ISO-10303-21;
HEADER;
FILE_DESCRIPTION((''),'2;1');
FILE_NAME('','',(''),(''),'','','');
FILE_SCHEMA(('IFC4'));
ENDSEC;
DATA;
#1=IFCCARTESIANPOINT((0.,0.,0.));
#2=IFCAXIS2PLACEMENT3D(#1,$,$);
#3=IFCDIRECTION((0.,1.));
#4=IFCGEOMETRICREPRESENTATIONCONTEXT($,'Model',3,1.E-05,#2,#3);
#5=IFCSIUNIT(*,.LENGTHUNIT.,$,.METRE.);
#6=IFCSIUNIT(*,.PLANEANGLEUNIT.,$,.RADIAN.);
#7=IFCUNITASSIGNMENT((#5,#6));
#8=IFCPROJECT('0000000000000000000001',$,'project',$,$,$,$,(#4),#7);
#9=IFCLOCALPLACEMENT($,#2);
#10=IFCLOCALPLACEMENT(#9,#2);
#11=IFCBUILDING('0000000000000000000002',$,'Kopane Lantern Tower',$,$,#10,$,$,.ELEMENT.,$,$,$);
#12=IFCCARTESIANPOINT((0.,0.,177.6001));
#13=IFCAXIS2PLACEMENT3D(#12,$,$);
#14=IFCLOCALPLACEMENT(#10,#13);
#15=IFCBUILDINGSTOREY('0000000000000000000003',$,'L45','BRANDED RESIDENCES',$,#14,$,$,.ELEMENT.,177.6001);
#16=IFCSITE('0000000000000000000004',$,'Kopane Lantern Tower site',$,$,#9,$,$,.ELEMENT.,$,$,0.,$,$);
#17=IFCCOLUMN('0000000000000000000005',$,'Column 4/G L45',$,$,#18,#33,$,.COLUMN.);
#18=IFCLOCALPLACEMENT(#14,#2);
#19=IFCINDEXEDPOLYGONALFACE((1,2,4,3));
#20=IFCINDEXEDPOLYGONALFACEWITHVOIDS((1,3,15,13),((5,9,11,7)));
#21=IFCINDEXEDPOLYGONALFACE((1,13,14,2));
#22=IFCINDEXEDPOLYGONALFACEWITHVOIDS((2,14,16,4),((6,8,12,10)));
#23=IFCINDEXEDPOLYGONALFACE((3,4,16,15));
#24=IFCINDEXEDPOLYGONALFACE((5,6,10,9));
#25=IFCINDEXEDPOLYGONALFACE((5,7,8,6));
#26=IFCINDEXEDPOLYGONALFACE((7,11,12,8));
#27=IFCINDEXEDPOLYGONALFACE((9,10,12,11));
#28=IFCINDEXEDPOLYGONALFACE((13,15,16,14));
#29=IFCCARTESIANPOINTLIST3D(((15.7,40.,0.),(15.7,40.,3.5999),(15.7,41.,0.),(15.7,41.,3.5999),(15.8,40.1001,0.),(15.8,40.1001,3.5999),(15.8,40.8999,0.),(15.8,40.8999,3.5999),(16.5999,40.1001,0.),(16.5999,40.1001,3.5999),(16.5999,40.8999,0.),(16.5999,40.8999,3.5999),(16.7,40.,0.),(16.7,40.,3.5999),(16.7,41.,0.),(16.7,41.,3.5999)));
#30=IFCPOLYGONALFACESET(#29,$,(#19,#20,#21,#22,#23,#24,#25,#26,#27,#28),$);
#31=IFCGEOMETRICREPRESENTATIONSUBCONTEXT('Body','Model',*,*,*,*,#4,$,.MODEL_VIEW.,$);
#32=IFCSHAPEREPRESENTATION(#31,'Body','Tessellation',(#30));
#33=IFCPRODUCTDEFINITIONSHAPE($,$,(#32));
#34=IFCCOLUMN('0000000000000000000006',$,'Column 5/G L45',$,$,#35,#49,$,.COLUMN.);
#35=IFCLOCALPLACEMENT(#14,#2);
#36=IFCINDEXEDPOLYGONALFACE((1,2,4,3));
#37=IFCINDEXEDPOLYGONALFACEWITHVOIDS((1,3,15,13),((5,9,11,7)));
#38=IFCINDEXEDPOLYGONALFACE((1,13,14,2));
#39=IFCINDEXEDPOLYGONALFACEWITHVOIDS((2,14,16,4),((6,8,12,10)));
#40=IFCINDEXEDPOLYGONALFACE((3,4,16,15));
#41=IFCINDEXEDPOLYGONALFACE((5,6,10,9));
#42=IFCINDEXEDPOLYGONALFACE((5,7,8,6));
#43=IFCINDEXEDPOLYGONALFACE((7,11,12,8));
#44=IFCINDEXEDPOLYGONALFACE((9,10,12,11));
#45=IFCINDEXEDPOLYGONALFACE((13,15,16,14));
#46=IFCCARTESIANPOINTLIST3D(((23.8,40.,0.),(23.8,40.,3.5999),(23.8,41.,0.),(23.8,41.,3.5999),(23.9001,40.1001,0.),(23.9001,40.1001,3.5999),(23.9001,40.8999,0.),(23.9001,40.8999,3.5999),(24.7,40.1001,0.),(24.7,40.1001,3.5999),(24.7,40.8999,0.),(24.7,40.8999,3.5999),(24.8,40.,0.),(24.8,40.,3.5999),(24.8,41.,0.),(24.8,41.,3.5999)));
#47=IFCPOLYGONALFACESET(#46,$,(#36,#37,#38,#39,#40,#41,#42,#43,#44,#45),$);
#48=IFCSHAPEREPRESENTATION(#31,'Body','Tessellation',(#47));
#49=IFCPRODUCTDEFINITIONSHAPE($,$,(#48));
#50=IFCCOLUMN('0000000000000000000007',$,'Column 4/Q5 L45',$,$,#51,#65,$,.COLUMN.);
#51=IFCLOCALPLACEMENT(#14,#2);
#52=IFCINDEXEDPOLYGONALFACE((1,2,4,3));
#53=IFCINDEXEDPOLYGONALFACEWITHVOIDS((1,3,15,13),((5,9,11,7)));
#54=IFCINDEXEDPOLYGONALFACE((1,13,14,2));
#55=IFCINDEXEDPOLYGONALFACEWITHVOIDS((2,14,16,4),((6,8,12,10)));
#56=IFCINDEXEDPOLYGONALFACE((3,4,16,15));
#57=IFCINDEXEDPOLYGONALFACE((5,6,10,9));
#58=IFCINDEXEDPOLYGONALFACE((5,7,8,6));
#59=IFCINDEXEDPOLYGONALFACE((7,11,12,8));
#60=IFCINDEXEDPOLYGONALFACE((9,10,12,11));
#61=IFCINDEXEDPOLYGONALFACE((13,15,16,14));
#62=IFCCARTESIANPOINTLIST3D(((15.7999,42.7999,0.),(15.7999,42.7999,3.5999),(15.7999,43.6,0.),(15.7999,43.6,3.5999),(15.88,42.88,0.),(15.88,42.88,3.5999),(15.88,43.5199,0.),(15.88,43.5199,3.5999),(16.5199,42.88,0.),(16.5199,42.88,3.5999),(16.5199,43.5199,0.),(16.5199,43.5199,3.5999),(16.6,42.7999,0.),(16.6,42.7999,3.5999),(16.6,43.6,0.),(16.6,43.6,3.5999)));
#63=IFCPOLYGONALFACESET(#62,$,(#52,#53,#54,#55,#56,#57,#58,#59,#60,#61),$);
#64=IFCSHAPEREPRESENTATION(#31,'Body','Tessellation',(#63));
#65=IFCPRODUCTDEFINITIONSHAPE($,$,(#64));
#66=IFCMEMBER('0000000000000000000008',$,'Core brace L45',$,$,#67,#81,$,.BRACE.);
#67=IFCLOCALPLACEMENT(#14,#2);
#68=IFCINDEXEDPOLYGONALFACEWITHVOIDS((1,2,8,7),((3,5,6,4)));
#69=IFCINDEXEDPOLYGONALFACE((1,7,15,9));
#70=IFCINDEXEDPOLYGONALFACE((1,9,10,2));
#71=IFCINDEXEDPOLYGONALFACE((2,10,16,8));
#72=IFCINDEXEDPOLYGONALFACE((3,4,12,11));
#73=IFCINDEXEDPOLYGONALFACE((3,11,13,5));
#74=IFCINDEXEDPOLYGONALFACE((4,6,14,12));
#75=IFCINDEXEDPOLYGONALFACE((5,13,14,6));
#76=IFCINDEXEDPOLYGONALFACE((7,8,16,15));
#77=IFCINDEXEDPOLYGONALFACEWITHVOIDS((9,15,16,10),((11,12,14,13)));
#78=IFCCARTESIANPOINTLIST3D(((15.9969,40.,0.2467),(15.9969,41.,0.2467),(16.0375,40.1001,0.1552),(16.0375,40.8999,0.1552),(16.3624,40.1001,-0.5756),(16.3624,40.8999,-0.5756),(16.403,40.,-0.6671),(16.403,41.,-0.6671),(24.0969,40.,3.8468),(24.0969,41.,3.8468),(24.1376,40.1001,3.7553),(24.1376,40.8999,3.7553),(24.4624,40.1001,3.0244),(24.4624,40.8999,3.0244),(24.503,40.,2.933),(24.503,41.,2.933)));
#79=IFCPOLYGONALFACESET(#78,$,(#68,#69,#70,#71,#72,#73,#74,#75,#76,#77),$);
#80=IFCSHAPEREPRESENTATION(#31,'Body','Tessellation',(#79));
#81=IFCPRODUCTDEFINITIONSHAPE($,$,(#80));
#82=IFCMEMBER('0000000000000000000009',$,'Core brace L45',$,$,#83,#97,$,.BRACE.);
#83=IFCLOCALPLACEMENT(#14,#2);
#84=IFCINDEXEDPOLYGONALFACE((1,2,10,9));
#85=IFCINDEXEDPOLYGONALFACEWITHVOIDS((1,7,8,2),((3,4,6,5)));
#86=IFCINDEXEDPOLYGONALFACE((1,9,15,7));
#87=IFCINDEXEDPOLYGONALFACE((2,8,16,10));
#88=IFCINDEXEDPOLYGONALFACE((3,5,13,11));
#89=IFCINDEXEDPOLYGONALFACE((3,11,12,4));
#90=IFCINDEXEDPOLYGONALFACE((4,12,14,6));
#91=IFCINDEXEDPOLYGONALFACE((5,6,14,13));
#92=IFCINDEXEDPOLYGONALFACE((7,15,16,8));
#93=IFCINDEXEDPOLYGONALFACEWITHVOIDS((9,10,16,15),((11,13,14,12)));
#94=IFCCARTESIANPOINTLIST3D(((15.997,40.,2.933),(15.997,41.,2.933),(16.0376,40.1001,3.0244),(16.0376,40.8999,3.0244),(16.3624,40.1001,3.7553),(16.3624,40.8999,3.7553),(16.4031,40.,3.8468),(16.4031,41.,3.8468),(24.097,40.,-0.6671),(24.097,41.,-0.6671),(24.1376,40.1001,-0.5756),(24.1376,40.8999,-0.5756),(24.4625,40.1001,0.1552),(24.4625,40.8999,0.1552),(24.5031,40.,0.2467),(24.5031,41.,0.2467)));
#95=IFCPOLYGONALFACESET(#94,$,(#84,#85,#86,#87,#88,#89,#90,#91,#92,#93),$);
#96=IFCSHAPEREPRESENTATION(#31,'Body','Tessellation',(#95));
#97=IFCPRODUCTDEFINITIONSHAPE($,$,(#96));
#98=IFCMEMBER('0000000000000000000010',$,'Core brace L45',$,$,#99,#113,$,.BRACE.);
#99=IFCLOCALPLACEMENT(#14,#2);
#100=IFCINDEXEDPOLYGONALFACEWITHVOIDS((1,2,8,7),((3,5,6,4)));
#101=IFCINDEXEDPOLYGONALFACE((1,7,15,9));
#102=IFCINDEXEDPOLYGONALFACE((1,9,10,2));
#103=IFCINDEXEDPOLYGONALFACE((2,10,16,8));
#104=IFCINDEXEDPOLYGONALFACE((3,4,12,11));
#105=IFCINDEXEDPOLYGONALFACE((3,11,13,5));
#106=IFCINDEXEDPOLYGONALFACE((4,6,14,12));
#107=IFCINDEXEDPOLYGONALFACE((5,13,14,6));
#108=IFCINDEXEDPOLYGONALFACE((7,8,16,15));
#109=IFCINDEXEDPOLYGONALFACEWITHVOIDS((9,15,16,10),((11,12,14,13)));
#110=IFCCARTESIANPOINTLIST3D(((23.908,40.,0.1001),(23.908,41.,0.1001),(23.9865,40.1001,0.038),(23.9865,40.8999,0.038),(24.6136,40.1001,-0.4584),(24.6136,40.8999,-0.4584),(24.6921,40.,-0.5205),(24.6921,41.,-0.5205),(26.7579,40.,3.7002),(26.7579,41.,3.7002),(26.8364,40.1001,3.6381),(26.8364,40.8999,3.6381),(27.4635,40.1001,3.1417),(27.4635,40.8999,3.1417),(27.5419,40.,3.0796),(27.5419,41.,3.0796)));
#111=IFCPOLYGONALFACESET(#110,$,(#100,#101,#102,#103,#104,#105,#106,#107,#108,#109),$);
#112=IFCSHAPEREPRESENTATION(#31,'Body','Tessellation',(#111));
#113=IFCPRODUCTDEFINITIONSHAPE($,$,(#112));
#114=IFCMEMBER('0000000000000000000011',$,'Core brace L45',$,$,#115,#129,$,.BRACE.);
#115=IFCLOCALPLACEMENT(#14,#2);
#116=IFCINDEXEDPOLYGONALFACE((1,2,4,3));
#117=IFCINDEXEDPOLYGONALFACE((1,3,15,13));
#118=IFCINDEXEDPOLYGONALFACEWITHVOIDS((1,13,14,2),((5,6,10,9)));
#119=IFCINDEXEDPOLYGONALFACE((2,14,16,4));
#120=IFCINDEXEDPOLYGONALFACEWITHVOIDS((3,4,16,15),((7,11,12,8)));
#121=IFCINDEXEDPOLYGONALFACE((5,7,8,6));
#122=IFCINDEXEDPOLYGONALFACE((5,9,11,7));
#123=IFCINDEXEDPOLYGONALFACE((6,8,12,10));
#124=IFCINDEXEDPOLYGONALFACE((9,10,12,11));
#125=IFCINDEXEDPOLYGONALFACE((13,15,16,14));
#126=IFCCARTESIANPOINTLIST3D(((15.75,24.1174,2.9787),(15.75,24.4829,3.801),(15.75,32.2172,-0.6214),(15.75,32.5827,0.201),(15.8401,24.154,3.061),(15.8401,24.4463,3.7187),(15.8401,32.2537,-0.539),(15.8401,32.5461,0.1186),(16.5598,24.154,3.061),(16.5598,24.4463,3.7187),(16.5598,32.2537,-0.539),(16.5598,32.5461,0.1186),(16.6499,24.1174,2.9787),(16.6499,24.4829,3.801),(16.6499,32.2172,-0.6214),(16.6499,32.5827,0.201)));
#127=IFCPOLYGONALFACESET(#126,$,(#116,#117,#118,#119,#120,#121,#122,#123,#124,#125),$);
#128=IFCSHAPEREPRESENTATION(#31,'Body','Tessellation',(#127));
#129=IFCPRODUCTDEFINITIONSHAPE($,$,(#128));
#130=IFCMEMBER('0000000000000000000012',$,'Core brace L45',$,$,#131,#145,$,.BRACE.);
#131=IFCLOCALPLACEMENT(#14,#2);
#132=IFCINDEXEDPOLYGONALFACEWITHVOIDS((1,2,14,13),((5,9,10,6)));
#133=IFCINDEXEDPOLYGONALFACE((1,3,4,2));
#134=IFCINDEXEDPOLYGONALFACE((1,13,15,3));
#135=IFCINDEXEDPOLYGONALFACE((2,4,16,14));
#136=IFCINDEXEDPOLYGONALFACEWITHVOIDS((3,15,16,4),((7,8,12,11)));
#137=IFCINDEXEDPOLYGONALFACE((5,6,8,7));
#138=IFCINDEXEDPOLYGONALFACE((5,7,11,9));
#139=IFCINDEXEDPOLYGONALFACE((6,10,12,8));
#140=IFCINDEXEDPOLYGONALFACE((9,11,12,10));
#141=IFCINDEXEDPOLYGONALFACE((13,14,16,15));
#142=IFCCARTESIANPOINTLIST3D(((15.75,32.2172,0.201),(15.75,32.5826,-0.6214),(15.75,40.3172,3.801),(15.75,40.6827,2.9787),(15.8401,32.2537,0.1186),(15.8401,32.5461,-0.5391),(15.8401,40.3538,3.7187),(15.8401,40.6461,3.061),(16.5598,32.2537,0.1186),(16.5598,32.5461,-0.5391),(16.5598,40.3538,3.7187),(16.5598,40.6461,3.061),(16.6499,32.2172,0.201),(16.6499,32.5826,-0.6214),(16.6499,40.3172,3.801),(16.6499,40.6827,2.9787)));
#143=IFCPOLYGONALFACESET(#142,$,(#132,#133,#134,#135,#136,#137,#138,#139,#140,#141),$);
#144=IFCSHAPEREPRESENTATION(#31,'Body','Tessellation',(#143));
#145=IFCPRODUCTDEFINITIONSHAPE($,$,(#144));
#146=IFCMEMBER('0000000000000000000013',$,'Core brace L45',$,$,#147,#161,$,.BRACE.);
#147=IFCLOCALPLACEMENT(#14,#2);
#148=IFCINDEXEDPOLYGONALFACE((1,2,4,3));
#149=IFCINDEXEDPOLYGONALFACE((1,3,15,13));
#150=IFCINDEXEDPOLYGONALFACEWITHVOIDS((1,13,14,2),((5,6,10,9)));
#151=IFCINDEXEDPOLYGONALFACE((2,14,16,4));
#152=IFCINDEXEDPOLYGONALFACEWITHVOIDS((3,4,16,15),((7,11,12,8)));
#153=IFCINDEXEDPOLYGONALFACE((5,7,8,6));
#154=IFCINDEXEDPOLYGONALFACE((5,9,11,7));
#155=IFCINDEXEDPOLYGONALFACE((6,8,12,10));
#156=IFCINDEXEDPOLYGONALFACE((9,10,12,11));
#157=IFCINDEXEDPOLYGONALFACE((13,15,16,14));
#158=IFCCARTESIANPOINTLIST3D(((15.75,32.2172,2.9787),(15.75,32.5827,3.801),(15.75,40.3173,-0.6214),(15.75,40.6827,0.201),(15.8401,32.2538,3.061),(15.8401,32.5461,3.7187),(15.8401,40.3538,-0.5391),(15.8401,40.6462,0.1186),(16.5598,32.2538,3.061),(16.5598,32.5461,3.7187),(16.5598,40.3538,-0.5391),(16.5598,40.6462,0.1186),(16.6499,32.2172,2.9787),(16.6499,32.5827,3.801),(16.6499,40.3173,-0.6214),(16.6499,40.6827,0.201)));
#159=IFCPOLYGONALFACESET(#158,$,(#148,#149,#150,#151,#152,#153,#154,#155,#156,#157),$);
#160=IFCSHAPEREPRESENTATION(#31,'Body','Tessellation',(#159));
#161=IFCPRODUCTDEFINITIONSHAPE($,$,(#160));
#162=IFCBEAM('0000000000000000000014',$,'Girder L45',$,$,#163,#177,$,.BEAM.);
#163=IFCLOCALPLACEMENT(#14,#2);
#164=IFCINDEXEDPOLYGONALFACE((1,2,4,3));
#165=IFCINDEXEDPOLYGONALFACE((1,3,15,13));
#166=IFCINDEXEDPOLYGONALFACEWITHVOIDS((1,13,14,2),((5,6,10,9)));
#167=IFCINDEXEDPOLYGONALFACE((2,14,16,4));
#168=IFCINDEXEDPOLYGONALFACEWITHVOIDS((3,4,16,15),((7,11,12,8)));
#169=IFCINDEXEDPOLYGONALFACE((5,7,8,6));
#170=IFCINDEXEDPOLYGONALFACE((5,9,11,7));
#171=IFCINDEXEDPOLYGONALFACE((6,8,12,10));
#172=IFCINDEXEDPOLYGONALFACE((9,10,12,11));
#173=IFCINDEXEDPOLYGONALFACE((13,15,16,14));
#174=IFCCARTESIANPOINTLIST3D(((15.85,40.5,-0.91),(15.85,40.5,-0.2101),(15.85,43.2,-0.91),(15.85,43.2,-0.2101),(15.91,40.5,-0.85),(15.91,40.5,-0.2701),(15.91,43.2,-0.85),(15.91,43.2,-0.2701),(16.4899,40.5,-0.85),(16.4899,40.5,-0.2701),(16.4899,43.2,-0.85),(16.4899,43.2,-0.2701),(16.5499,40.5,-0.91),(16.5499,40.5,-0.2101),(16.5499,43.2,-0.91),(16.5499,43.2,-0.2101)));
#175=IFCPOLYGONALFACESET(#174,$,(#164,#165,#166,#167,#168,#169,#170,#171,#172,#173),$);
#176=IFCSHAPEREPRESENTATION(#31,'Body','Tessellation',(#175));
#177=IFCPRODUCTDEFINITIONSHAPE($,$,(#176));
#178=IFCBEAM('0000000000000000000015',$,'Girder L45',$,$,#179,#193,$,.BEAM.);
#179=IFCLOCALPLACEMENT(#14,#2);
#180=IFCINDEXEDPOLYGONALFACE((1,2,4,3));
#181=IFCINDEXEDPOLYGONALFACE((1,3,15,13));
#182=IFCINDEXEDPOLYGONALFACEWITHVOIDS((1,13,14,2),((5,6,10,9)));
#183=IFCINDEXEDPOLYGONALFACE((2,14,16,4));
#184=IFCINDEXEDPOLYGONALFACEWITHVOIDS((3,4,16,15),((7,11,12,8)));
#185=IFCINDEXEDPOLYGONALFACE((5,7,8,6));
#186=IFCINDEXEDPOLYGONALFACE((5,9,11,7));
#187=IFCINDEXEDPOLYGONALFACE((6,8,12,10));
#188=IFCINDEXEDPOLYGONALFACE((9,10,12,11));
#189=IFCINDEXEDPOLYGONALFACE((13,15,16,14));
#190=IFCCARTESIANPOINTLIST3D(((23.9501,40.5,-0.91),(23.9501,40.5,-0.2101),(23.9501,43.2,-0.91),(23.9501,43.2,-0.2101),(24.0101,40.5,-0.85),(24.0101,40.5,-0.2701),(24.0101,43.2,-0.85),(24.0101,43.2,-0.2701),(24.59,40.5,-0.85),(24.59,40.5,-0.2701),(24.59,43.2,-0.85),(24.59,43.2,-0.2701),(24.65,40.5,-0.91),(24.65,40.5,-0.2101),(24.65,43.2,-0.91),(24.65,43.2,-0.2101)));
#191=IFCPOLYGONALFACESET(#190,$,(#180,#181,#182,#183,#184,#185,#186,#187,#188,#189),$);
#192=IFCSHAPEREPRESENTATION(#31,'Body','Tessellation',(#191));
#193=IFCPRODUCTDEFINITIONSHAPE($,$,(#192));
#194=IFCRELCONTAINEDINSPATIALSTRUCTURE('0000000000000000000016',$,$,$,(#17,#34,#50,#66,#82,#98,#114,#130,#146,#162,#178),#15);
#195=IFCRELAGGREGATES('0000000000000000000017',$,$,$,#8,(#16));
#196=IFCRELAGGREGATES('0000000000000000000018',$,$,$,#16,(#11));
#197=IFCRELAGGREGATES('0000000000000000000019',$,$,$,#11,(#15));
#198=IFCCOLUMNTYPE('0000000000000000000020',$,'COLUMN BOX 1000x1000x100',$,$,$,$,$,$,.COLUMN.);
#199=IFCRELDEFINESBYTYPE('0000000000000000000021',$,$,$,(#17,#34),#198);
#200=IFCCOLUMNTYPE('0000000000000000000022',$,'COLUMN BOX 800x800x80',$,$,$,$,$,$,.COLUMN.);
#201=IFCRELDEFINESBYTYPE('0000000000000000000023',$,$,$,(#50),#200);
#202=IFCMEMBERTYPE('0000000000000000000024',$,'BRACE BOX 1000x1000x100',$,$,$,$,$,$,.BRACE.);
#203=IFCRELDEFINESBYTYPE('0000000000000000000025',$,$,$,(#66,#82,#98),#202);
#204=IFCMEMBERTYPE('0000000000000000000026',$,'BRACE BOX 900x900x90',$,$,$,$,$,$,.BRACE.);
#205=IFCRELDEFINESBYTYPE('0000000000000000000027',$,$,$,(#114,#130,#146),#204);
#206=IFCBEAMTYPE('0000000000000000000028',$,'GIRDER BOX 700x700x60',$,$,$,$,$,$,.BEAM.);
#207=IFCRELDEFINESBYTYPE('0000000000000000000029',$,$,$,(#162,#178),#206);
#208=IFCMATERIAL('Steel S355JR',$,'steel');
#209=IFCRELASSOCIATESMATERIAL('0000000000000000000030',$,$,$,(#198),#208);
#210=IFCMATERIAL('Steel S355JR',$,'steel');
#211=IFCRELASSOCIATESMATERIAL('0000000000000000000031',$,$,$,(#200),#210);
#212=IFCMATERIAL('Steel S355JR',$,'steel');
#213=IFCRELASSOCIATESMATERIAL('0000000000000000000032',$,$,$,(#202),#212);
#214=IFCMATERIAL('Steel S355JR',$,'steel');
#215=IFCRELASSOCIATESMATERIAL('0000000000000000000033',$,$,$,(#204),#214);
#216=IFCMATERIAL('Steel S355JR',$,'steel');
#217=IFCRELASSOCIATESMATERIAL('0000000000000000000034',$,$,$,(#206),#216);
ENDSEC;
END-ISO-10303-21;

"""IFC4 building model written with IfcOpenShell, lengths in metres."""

from ifc_helpers import new_model, si_unit, direction, frame, origin, origin_2d, place, context, subcontext, project, spatial, hollow_rectangle, extrude, material, material_profile, profile_set, type_object, element, save


model = new_model("IFC4")

# Units and contexts
model_context = context("Model", 3, precision=1e-05, world=origin(), true_north=direction((0.0, 1.0)))
body_context = subcontext(model_context, "Body", "Model", "MODEL_VIEW")
ifc_project = project(units=[si_unit("LENGTHUNIT", "METRE"), si_unit("PLANEANGLEUNIT", "RADIAN")], contexts=[model_context])

# Site, building, storey
site_placement = place(None, origin())
site = spatial("IfcSite", under=ifc_project, at=site_placement, Name="Kopane Lantern Tower site", CompositionType="ELEMENT", RefElevation=0.0)
building_placement = place(site_placement, origin())
building = spatial("IfcBuilding", under=site, at=building_placement, Name="Kopane Lantern Tower", CompositionType="ELEMENT")
storey_placement = place(building_placement, frame((0.0, 0.0, 177.6001)))
storey = spatial("IfcBuildingStorey", under=building, at=storey_placement, Name="L45", Description="BRANDED RESIDENCES", CompositionType="ELEMENT", Elevation=177.6001)

# Columns
ifc_material_1 = material(Name="Steel S355JR", Category="steel")
ifc_material_profile_1 = material_profile(ifc_material_1, hollow_rectangle(XDim=1.0, YDim=1.0, WallThickness=0.1001, at=origin_2d()), Name="BOX 1000x1000x100")
ifc_profile_set_1 = profile_set([ifc_material_profile_1], Name="Steel S355JR")
column_type_1 = type_object("IfcColumnType", Name="COLUMN BOX 1000x1000x100", PredefinedType="COLUMN", material=ifc_profile_set_1)
for number, where, z_axis, x_axis, name in (
    (1, (16.2, 40.5, 0.0), (0.0, 0.0, 1.0), (1.0, 0.0, 0.0), "Column 4/G L45"),
    (2, (24.3, 40.5, 0.0), (0.0, 0.0, 1.0), (1.0, 0.0, 0.0), "Column 5/G L45"),
):
    element("IfcColumn", number, at=place(storey_placement, frame(where, z_axis=z_axis, x_axis=x_axis)), inside=storey, type_object=column_type_1, Name=name, PredefinedType="COLUMN", context=body_context, shape_type="SweptSolid", body=[
        extrude(hollow_rectangle(XDim=1.0, YDim=1.0, WallThickness=0.1001, at=origin_2d()), origin(), (0.0, 0.0, 1.0), 3.5999),
    ])
ifc_material_2 = material(Name="Steel S355JR", Category="steel")
ifc_material_profile_2 = material_profile(ifc_material_2, hollow_rectangle(XDim=0.8, YDim=0.8, WallThickness=0.0801, at=origin_2d()), Name="BOX 800x800x80")
ifc_profile_set_2 = profile_set([ifc_material_profile_2], Name="Steel S355JR")
column_type_2 = type_object("IfcColumnType", Name="COLUMN BOX 800x800x80", PredefinedType="COLUMN", material=ifc_profile_set_2)
column_placement = place(storey_placement, frame((16.2, 43.2, 0.0), z_axis=(0.0, 0.0, 1.0), x_axis=(1.0, 0.0, 0.0)))
element("IfcColumn", 3, at=column_placement, inside=storey, type_object=column_type_2, Name="Column 4/Q5 L45", PredefinedType="COLUMN", context=body_context, shape_type="SweptSolid", body=[
    extrude(hollow_rectangle(XDim=0.8, YDim=0.8, WallThickness=0.0801, at=origin_2d()), origin(), (0.0, 0.0, 1.0), 3.5999),
])

# Members
ifc_material_3 = material(Name="Steel S355JR", Category="steel")
ifc_material_profile_3 = material_profile(ifc_material_3, hollow_rectangle(XDim=1.0, YDim=1.0, WallThickness=0.1001, at=origin_2d()), Name="BOX 1000x1000x100")
ifc_profile_set_3 = profile_set([ifc_material_profile_3], Name="Steel S355JR")
member_type_1 = type_object("IfcMemberType", Name="BRACE BOX 1000x1000x100", PredefinedType="BRACE", material=ifc_profile_set_3)
for number, where, z_axis, x_axis, name in (
    (4, (16.2, 40.5, -0.2102), (0.913809, 0.0, 0.406144), (0.0, 1.0, 0.0), "Core brace L45"),
    (5, (24.3, 40.5, -0.2102), (-0.913809, 0.0, 0.406144), (0.0, -1.0, 0.0), "Core brace L45"),
):
    element("IfcMember", number, at=place(storey_placement, frame(where, z_axis=z_axis, x_axis=x_axis)), inside=storey, type_object=member_type_1, Name=name, PredefinedType="BRACE", context=body_context, shape_type="SweptSolid", body=[
        extrude(hollow_rectangle(XDim=1.0, YDim=1.0, WallThickness=0.1001, at=origin_2d()), origin(), (0.0, 0.0, 1.0), 8.864),
    ])
member_1_placement = place(storey_placement, frame((24.3, 40.5, -0.2102), z_axis=(0.620673, 0.0, 0.78407), x_axis=(0.0, 1.0, 0.0)))
element("IfcMember", 6, at=member_1_placement, inside=storey, type_object=member_type_1, Name="Core brace L45", PredefinedType="BRACE", context=body_context, shape_type="SweptSolid", body=[
    extrude(hollow_rectangle(XDim=1.0, YDim=1.0, WallThickness=0.1001, at=origin_2d()), origin(), (0.0, 0.0, 1.0), 4.5916),
])
ifc_material_4 = material(Name="Steel S355JR", Category="steel")
ifc_material_profile_4 = material_profile(ifc_material_4, hollow_rectangle(XDim=0.8999, YDim=0.8999, WallThickness=0.0901, at=origin_2d()), Name="BOX 900x900x90")
ifc_profile_set_4 = profile_set([ifc_material_profile_4], Name="Steel S355JR")
member_type_2 = type_object("IfcMemberType", Name="BRACE BOX 900x900x90", PredefinedType="BRACE", material=ifc_profile_set_4)
member_2_placement = place(storey_placement, frame((16.2, 32.3999, -0.2102), z_axis=(0.0, -0.913805, 0.406154), x_axis=(1.0, 0.0, 0.0)))
element("IfcMember", 7, at=member_2_placement, inside=storey, type_object=member_type_2, Name="Core brace L45", PredefinedType="BRACE", context=body_context, shape_type="SweptSolid", body=[
    extrude(hollow_rectangle(XDim=0.8999, YDim=0.8999, WallThickness=0.0901, at=origin_2d()), origin(), (0.0, 0.0, 1.0), 8.8638),
])
for number, where, z_axis, x_axis, name in (
    (8, (16.2, 32.3999, -0.2102), (0.0, 0.913809, 0.406144), (-1.0, 0.0, 0.0), "Core brace L45"),
    (9, (16.2, 40.5, -0.2102), (0.0, -0.913809, 0.406144), (1.0, 0.0, 0.0), "Core brace L45"),
):
    element("IfcMember", number, at=place(storey_placement, frame(where, z_axis=z_axis, x_axis=x_axis)), inside=storey, type_object=member_type_2, Name=name, PredefinedType="BRACE", context=body_context, shape_type="SweptSolid", body=[
        extrude(hollow_rectangle(XDim=0.8999, YDim=0.8999, WallThickness=0.0901, at=origin_2d()), origin(), (0.0, 0.0, 1.0), 8.864),
    ])

# Beams
ifc_material_5 = material(Name="Steel S355JR", Category="steel")
ifc_material_profile_5 = material_profile(ifc_material_5, hollow_rectangle(XDim=0.7, YDim=0.7, WallThickness=0.0601, at=origin_2d()), Name="BOX 700x700x60")
ifc_profile_set_5 = profile_set([ifc_material_profile_5], Name="Steel S355JR")
beam_type_1 = type_object("IfcBeamType", Name="GIRDER BOX 700x700x60", PredefinedType="BEAM", material=ifc_profile_set_5)
for number, where, z_axis, x_axis, name in (
    (10, (16.2, 40.5, -0.5601), (0.0, 1.0, 0.0), (-1.0, 0.0, 0.0), "Girder L45"),
    (11, (24.3, 40.5, -0.5601), (0.0, 1.0, 0.0), (-1.0, 0.0, 0.0), "Girder L45"),
):
    element("IfcBeam", number, at=place(storey_placement, frame(where, z_axis=z_axis, x_axis=x_axis)), inside=storey, type_object=beam_type_1, Name=name, PredefinedType="BEAM", context=body_context, shape_type="SweptSolid", body=[
        extrude(hollow_rectangle(XDim=0.7, YDim=0.7, WallThickness=0.0601, at=origin_2d()), origin(), (0.0, 0.0, 1.0), 2.7),
    ])

save(model, "model.ifc")
